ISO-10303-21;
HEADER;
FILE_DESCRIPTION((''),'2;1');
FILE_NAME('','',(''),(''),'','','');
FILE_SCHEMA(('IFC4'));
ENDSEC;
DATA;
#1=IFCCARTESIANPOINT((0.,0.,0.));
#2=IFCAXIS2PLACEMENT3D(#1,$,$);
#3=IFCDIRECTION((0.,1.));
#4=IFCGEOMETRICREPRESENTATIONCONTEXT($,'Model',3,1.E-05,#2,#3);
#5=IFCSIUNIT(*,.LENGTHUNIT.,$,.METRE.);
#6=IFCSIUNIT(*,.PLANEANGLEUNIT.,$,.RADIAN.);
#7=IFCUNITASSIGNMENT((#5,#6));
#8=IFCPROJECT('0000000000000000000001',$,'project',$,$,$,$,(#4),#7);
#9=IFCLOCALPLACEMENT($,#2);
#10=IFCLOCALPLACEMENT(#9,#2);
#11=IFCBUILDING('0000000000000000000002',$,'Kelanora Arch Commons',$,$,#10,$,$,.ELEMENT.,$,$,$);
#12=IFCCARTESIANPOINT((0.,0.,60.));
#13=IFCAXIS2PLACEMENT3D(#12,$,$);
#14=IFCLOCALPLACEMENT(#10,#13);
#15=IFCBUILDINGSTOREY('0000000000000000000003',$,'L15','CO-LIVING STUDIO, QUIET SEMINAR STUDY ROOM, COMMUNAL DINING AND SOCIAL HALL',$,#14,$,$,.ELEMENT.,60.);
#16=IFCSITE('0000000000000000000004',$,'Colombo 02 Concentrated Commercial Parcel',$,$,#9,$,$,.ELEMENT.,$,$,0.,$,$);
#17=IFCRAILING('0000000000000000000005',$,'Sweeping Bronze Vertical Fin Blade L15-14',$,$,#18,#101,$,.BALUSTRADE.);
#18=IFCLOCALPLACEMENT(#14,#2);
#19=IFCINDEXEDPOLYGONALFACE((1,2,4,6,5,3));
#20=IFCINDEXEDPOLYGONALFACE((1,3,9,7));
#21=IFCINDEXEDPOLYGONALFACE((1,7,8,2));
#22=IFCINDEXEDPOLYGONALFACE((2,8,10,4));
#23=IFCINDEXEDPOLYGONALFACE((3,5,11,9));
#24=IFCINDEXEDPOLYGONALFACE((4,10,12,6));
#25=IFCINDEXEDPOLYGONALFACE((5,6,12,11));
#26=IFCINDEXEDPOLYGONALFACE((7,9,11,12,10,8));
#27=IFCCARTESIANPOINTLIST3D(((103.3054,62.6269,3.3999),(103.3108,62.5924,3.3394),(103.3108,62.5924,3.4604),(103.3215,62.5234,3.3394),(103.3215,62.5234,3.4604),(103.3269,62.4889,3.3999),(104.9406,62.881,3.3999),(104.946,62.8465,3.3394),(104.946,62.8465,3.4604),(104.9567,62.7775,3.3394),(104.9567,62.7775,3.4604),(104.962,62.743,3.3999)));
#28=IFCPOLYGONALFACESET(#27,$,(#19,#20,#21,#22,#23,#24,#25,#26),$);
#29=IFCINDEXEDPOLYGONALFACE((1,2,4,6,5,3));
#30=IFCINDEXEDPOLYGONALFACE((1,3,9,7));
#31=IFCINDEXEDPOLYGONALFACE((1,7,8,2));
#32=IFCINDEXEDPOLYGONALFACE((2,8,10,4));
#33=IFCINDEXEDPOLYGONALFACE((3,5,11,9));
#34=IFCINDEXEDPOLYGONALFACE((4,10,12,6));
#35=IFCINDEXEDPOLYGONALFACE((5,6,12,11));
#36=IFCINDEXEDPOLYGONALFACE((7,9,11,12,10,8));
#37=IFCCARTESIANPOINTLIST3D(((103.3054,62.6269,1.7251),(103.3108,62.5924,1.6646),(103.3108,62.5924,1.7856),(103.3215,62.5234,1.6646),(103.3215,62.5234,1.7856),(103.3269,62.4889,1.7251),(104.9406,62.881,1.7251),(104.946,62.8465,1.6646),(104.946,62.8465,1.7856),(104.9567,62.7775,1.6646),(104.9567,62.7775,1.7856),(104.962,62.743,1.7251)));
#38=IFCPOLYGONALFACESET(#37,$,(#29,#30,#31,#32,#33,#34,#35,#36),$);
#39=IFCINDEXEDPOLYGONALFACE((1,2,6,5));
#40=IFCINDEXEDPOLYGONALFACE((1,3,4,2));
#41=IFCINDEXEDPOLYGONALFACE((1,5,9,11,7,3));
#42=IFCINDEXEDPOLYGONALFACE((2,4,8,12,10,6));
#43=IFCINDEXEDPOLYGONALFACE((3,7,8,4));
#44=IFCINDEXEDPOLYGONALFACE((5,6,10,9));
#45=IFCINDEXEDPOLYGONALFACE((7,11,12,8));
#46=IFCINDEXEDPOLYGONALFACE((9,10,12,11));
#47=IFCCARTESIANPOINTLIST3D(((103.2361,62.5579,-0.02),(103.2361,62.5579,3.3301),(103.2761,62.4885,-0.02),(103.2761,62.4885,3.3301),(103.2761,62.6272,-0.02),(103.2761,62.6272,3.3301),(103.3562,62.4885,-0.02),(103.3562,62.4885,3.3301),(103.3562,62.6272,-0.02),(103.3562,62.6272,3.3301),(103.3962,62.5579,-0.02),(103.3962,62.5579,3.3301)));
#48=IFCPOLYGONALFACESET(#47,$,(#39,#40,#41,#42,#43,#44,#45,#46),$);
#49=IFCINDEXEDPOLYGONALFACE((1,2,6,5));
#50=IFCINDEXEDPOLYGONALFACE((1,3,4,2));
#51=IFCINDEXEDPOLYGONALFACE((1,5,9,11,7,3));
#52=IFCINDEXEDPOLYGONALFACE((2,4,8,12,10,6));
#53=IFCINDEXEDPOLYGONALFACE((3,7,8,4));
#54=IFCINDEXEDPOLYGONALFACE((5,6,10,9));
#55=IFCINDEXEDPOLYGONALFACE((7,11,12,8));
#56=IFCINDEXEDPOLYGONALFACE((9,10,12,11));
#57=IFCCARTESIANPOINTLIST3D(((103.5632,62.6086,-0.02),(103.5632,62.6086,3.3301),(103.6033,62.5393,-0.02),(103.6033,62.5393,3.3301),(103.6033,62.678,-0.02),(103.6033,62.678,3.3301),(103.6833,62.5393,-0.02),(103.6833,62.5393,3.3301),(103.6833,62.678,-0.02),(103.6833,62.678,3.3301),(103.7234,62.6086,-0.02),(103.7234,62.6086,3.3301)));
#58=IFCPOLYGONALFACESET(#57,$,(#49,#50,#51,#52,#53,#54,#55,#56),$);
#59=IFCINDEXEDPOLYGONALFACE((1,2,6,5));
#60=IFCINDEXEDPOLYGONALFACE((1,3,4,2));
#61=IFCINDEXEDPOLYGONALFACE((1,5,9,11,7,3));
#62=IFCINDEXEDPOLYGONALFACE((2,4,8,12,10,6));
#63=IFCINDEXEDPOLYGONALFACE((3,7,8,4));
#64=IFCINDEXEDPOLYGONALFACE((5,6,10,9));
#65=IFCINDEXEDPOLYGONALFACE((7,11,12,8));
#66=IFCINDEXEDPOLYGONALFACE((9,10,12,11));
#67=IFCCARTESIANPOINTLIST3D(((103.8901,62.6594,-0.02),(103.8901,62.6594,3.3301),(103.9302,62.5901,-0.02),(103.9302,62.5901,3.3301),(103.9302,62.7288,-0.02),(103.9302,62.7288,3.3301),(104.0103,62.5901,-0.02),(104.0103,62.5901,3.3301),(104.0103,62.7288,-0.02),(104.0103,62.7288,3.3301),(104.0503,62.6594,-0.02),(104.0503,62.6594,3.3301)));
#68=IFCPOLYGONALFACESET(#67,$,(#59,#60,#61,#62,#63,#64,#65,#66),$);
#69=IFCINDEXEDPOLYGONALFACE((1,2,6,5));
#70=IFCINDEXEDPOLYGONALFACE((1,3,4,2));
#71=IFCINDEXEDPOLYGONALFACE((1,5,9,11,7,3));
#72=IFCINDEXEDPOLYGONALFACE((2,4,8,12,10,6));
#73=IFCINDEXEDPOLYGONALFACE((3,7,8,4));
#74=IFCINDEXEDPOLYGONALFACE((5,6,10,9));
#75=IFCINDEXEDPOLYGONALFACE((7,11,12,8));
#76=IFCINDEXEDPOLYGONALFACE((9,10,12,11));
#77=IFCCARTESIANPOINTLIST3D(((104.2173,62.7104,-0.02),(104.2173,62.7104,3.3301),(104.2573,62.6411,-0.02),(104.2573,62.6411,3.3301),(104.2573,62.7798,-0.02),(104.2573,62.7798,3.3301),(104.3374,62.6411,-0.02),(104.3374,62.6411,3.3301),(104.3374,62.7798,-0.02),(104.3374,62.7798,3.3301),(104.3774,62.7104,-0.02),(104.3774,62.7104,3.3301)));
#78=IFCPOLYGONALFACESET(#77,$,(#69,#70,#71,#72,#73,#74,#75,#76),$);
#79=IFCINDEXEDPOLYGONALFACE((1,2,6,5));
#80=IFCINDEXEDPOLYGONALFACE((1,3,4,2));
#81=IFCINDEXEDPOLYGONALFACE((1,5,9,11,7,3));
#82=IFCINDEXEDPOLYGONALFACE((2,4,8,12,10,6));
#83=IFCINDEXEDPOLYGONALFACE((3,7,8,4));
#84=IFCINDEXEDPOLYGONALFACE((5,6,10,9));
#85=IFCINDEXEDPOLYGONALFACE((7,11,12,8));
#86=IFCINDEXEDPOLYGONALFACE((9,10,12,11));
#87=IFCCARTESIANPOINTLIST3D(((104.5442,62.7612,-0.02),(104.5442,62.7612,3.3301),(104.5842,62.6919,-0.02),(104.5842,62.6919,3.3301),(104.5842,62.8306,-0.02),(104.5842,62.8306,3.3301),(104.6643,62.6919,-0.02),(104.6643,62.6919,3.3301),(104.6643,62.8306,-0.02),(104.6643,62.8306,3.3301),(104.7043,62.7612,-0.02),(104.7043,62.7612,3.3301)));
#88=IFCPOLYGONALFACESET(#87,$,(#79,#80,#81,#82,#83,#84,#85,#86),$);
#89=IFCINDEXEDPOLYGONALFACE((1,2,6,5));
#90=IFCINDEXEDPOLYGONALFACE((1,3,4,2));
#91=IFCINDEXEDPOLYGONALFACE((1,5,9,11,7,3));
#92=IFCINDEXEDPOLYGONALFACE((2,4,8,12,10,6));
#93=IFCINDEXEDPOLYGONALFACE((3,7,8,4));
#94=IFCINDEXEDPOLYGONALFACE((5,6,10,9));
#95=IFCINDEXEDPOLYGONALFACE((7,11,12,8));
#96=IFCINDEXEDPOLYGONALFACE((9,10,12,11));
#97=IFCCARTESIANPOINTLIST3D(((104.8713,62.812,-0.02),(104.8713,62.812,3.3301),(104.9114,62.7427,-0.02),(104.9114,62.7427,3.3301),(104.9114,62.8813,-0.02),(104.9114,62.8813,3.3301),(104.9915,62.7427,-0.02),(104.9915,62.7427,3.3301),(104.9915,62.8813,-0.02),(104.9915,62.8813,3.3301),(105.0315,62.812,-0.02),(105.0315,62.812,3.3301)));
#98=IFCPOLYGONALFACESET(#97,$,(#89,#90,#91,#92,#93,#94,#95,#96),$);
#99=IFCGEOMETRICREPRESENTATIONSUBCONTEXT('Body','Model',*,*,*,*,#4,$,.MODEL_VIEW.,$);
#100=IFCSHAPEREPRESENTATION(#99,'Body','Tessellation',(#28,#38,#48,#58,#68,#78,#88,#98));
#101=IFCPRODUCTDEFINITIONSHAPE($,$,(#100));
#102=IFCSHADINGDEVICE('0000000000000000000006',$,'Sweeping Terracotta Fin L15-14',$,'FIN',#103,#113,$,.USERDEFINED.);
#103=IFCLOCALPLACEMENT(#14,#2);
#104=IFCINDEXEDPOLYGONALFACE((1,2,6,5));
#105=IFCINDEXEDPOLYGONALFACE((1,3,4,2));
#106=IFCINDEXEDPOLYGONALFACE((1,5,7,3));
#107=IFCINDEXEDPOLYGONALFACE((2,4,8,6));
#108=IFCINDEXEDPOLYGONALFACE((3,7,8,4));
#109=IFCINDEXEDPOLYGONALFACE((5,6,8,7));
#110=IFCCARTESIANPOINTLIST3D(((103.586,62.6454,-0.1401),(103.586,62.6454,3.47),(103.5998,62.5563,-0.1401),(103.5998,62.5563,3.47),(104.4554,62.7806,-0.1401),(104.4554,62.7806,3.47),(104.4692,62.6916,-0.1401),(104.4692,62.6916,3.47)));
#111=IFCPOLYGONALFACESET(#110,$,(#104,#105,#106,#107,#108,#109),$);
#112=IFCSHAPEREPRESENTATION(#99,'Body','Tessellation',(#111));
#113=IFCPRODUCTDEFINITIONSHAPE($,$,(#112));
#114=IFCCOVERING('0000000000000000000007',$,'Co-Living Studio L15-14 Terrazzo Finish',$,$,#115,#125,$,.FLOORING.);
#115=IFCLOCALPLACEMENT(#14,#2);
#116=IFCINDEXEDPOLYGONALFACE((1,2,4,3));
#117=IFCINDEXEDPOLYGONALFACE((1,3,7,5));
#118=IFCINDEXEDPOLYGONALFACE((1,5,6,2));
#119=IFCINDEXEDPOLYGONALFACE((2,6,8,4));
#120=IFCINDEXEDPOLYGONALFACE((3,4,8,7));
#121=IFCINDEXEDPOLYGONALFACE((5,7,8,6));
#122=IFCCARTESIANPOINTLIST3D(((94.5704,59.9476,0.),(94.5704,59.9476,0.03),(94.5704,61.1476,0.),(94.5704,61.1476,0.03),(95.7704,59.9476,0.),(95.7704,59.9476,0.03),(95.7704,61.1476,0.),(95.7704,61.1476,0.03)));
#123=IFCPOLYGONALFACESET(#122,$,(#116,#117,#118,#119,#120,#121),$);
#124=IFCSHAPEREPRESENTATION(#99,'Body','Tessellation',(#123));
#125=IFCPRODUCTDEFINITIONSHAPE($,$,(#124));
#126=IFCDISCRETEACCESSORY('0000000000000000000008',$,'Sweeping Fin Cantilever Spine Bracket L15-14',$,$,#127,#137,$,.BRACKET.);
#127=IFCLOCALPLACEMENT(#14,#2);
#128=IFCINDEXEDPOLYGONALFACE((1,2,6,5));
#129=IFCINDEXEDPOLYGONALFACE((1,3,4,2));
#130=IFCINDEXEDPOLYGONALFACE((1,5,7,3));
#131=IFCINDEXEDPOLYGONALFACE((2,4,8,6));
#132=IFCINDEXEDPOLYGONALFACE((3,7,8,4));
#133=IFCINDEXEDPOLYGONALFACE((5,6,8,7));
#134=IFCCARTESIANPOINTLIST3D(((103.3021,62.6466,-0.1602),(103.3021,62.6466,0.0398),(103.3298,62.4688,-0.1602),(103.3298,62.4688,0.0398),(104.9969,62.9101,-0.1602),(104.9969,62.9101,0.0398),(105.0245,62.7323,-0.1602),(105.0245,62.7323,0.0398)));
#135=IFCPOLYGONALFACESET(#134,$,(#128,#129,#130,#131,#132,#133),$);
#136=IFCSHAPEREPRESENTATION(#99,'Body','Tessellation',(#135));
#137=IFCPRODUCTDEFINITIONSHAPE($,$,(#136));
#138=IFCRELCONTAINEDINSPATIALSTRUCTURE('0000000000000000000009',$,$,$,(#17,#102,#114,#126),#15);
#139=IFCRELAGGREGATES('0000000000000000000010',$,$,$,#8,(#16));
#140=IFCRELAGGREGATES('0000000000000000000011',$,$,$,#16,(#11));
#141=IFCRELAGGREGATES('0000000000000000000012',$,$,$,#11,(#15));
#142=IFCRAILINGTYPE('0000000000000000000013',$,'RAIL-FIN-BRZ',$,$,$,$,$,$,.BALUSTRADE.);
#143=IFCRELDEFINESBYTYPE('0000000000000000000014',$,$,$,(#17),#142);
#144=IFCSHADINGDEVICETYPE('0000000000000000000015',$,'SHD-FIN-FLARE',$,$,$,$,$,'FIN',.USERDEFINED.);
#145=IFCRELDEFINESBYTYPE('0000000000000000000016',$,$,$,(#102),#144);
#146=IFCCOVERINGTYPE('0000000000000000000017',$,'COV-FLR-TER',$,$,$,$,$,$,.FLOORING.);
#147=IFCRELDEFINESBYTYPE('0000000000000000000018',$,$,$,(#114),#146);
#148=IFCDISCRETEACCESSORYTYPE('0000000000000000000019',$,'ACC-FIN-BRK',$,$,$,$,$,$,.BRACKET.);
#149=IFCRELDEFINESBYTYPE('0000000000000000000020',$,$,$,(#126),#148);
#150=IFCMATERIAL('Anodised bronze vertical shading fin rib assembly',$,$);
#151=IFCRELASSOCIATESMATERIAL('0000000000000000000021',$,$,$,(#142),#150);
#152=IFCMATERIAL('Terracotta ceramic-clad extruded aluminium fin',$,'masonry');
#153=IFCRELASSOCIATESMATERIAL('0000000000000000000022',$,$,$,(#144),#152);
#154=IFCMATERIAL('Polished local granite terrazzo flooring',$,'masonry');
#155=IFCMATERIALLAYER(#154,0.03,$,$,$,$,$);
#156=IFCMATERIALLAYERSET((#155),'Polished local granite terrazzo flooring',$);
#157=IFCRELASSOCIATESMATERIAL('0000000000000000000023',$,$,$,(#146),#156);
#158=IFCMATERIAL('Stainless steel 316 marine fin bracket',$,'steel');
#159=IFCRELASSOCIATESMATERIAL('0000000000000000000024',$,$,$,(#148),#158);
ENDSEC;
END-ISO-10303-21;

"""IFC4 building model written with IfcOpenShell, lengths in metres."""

from ifc_helpers import new_model, si_unit, direction, frame, origin, origin_2d, place, context, subcontext, project, spatial, polyline, rectangle, outline, extrude, source, transform, mapped, material, layer, layer_set, type_object, element, save


model = new_model("IFC4")

# Units and contexts
model_context = context("Model", 3, precision=1e-05, world=origin(), true_north=direction((0.0, 1.0)))
body_context = subcontext(model_context, "Body", "Model", "MODEL_VIEW")
ifc_project = project(units=[si_unit("LENGTHUNIT", "METRE"), si_unit("PLANEANGLEUNIT", "RADIAN")], contexts=[model_context])

# Site, building, storey
site_placement = place(None, origin())
site = spatial("IfcSite", under=ifc_project, at=site_placement, Name="Colombo 02 Concentrated Commercial Parcel", CompositionType="ELEMENT", RefElevation=0.0)
building_placement = place(site_placement, origin())
building = spatial("IfcBuilding", under=site, at=building_placement, Name="Kelanora Arch Commons", CompositionType="ELEMENT")
storey_placement = place(building_placement, frame((0.0, 0.0, 60.0)))
storey = spatial("IfcBuildingStorey", under=building, at=storey_placement, Name="L15", Description="CO-LIVING STUDIO, QUIET SEMINAR STUDY ROOM, COMMUNAL DINING AND SOCIAL HALL", CompositionType="ELEMENT", Elevation=60.0)

# Railing
ifc_material_1 = material(Name="Anodised bronze vertical shading fin rib assembly")
railing_type_1 = type_object("IfcRailingType", Name="RAIL-FIN-BRZ", PredefinedType="BALUSTRADE", material=ifc_material_1)
railing_1_placement = place(storey_placement, frame((103.3162, 62.5579, -0.02)))
element("IfcRailing", 1, at=railing_1_placement, inside=storey, type_object=railing_type_1, Name="Sweeping Bronze Vertical Fin Blade L15-14", PredefinedType="BALUSTRADE", context=body_context, shape_type="SweptSolid", body=[
    extrude(outline(polyline([(0.0698, 0.0), (0.0349, 0.0605), (-0.0349, 0.0605), (-0.0698, 0.0), (-0.0349, -0.0605), (0.0349, -0.0605), (0.0698, 0.0)])), frame((0.0, 0.0, 3.4199), z_axis=(0.988137, 0.153576, 0.0), x_axis=(-0.153576, 0.988137, 0.0)), (0.0, 0.0, 1.0), 1.6548),
    extrude(outline(polyline([(0.0698, 0.0), (0.0349, 0.0605), (-0.0349, 0.0605), (-0.0698, 0.0), (-0.0349, -0.0605), (0.0349, -0.0605), (0.0698, 0.0)])), frame((0.0, 0.0, 1.7451), z_axis=(0.988137, 0.153576, 0.0), x_axis=(-0.153576, 0.988137, 0.0)), (0.0, 0.0, 1.0), 1.6548),
    extrude(outline(polyline([(0.0801, 0.0), (0.04, 0.0693), (-0.04, 0.0693), (-0.0801, 0.0), (-0.04, -0.0693), (0.04, -0.0693), (0.0801, 0.0)])), origin(), (0.0, 0.0, 1.0), 3.3501),
    extrude(outline(polyline([(0.0801, 0.0), (0.04, 0.0693), (-0.04, 0.0693), (-0.0801, 0.0), (-0.04, -0.0693), (0.04, -0.0693), (0.0801, 0.0)])), frame((0.3271, 0.0508, 0.0)), (0.0, 0.0, 1.0), 3.3501),
    extrude(outline(polyline([(0.0801, 0.0), (0.04, 0.0693), (-0.04, 0.0693), (-0.0801, 0.0), (-0.04, -0.0693), (0.04, -0.0693), (0.0801, 0.0)])), frame((0.6541, 0.1016, 0.0)), (0.0, 0.0, 1.0), 3.3501),
    extrude(outline(polyline([(0.0801, 0.0), (0.04, 0.0693), (-0.04, 0.0693), (-0.0801, 0.0), (-0.04, -0.0693), (0.04, -0.0693), (0.0801, 0.0)])), frame((0.9812, 0.1526, 0.0)), (0.0, 0.0, 1.0), 3.3501),
    extrude(outline(polyline([(0.0801, 0.0), (0.04, 0.0693), (-0.04, 0.0693), (-0.0801, 0.0), (-0.04, -0.0693), (0.04, -0.0693), (0.0801, 0.0)])), frame((1.3081, 0.2034, 0.0)), (0.0, 0.0, 1.0), 3.3501),
    extrude(outline(polyline([(0.0801, 0.0), (0.04, 0.0693), (-0.04, 0.0693), (-0.0801, 0.0), (-0.04, -0.0693), (0.04, -0.0693), (0.0801, 0.0)])), frame((1.6353, 0.2542, 0.0)), (0.0, 0.0, 1.0), 3.3501),
])

# Shading device
ifc_material_2 = material(Name="Terracotta ceramic-clad extruded aluminium fin", Category="masonry")
shading_device_type = type_object("IfcShadingDeviceType", Name="SHD-FIN-FLARE", ElementType="FIN", PredefinedType="USERDEFINED", material=ifc_material_2)
shared_shape_1 = source(origin(), body_context, "Body", "SweptSolid", [
    extrude(rectangle(XDim=0.8799, YDim=0.0901, at=origin_2d()), origin(), (0.0, 0.0, 1.0), 3.6101),
])
shading_device_placement = place(storey_placement, frame((104.0276, 62.6685, -0.1401), z_axis=(0.0, 0.0, 1.0), x_axis=(0.988121, 0.153676, 0.0)))
element("IfcShadingDevice", 2, at=shading_device_placement, inside=storey, type_object=shading_device_type, Name="Sweeping Terracotta Fin L15-14", ObjectType="FIN", PredefinedType="USERDEFINED", context=body_context, shape_type="MappedRepresentation", body=[
    mapped(shared_shape_1, transform((0.0, 0.0, 0.0), scale=1.0)),
])

# Covering
ifc_material_3 = material(Name="Polished local granite terrazzo flooring", Category="masonry")
ifc_layer_1 = layer(ifc_material_3, 0.03)
ifc_layer_set_1 = layer_set([ifc_layer_1], Name="Polished local granite terrazzo flooring")
covering_type = type_object("IfcCoveringType", Name="COV-FLR-TER", PredefinedType="FLOORING", material=ifc_layer_set_1)
shared_shape_2 = source(origin(), body_context, "Body", "SweptSolid", [
    extrude(rectangle(XDim=1.2, YDim=1.2, at=origin_2d()), origin(), (0.0, 0.0, 1.0), 0.03),
])
covering_placement = place(storey_placement, frame((95.1704, 60.5476, 0.0), z_axis=(0.0, 0.0, 1.0), x_axis=(1.0, 0.0, 0.0)))
element("IfcCovering", 3, at=covering_placement, inside=storey, type_object=covering_type, Name="Co-Living Studio L15-14 Terrazzo Finish", PredefinedType="FLOORING", context=body_context, shape_type="MappedRepresentation", body=[
    mapped(shared_shape_2, transform((0.0, 0.0, 0.0), scale=1.0)),
])

# Discrete accessory
ifc_material_4 = material(Name="Stainless steel 316 marine fin bracket", Category="steel")
discrete_accessory_type = type_object("IfcDiscreteAccessoryType", Name="ACC-FIN-BRK", PredefinedType="BRACKET", material=ifc_material_4)
shared_shape_3 = source(origin(), body_context, "Body", "SweptSolid", [
    extrude(rectangle(XDim=1.7151, YDim=0.1799, at=origin_2d()), origin(), (0.0, 0.0, 1.0), 0.2),
])
discrete_accessory_placement = place(storey_placement, frame((104.1633, 62.6895, -0.1602), z_axis=(0.0, 0.0, 1.0), x_axis=(0.988121, 0.153676, 0.0)))
element("IfcDiscreteAccessory", 4, at=discrete_accessory_placement, inside=storey, type_object=discrete_accessory_type, Name="Sweeping Fin Cantilever Spine Bracket L15-14", PredefinedType="BRACKET", context=body_context, shape_type="MappedRepresentation", body=[
    mapped(shared_shape_3, transform((0.0, 0.0, 0.0), scale=1.0)),
])

save(model, "model.ifc")
